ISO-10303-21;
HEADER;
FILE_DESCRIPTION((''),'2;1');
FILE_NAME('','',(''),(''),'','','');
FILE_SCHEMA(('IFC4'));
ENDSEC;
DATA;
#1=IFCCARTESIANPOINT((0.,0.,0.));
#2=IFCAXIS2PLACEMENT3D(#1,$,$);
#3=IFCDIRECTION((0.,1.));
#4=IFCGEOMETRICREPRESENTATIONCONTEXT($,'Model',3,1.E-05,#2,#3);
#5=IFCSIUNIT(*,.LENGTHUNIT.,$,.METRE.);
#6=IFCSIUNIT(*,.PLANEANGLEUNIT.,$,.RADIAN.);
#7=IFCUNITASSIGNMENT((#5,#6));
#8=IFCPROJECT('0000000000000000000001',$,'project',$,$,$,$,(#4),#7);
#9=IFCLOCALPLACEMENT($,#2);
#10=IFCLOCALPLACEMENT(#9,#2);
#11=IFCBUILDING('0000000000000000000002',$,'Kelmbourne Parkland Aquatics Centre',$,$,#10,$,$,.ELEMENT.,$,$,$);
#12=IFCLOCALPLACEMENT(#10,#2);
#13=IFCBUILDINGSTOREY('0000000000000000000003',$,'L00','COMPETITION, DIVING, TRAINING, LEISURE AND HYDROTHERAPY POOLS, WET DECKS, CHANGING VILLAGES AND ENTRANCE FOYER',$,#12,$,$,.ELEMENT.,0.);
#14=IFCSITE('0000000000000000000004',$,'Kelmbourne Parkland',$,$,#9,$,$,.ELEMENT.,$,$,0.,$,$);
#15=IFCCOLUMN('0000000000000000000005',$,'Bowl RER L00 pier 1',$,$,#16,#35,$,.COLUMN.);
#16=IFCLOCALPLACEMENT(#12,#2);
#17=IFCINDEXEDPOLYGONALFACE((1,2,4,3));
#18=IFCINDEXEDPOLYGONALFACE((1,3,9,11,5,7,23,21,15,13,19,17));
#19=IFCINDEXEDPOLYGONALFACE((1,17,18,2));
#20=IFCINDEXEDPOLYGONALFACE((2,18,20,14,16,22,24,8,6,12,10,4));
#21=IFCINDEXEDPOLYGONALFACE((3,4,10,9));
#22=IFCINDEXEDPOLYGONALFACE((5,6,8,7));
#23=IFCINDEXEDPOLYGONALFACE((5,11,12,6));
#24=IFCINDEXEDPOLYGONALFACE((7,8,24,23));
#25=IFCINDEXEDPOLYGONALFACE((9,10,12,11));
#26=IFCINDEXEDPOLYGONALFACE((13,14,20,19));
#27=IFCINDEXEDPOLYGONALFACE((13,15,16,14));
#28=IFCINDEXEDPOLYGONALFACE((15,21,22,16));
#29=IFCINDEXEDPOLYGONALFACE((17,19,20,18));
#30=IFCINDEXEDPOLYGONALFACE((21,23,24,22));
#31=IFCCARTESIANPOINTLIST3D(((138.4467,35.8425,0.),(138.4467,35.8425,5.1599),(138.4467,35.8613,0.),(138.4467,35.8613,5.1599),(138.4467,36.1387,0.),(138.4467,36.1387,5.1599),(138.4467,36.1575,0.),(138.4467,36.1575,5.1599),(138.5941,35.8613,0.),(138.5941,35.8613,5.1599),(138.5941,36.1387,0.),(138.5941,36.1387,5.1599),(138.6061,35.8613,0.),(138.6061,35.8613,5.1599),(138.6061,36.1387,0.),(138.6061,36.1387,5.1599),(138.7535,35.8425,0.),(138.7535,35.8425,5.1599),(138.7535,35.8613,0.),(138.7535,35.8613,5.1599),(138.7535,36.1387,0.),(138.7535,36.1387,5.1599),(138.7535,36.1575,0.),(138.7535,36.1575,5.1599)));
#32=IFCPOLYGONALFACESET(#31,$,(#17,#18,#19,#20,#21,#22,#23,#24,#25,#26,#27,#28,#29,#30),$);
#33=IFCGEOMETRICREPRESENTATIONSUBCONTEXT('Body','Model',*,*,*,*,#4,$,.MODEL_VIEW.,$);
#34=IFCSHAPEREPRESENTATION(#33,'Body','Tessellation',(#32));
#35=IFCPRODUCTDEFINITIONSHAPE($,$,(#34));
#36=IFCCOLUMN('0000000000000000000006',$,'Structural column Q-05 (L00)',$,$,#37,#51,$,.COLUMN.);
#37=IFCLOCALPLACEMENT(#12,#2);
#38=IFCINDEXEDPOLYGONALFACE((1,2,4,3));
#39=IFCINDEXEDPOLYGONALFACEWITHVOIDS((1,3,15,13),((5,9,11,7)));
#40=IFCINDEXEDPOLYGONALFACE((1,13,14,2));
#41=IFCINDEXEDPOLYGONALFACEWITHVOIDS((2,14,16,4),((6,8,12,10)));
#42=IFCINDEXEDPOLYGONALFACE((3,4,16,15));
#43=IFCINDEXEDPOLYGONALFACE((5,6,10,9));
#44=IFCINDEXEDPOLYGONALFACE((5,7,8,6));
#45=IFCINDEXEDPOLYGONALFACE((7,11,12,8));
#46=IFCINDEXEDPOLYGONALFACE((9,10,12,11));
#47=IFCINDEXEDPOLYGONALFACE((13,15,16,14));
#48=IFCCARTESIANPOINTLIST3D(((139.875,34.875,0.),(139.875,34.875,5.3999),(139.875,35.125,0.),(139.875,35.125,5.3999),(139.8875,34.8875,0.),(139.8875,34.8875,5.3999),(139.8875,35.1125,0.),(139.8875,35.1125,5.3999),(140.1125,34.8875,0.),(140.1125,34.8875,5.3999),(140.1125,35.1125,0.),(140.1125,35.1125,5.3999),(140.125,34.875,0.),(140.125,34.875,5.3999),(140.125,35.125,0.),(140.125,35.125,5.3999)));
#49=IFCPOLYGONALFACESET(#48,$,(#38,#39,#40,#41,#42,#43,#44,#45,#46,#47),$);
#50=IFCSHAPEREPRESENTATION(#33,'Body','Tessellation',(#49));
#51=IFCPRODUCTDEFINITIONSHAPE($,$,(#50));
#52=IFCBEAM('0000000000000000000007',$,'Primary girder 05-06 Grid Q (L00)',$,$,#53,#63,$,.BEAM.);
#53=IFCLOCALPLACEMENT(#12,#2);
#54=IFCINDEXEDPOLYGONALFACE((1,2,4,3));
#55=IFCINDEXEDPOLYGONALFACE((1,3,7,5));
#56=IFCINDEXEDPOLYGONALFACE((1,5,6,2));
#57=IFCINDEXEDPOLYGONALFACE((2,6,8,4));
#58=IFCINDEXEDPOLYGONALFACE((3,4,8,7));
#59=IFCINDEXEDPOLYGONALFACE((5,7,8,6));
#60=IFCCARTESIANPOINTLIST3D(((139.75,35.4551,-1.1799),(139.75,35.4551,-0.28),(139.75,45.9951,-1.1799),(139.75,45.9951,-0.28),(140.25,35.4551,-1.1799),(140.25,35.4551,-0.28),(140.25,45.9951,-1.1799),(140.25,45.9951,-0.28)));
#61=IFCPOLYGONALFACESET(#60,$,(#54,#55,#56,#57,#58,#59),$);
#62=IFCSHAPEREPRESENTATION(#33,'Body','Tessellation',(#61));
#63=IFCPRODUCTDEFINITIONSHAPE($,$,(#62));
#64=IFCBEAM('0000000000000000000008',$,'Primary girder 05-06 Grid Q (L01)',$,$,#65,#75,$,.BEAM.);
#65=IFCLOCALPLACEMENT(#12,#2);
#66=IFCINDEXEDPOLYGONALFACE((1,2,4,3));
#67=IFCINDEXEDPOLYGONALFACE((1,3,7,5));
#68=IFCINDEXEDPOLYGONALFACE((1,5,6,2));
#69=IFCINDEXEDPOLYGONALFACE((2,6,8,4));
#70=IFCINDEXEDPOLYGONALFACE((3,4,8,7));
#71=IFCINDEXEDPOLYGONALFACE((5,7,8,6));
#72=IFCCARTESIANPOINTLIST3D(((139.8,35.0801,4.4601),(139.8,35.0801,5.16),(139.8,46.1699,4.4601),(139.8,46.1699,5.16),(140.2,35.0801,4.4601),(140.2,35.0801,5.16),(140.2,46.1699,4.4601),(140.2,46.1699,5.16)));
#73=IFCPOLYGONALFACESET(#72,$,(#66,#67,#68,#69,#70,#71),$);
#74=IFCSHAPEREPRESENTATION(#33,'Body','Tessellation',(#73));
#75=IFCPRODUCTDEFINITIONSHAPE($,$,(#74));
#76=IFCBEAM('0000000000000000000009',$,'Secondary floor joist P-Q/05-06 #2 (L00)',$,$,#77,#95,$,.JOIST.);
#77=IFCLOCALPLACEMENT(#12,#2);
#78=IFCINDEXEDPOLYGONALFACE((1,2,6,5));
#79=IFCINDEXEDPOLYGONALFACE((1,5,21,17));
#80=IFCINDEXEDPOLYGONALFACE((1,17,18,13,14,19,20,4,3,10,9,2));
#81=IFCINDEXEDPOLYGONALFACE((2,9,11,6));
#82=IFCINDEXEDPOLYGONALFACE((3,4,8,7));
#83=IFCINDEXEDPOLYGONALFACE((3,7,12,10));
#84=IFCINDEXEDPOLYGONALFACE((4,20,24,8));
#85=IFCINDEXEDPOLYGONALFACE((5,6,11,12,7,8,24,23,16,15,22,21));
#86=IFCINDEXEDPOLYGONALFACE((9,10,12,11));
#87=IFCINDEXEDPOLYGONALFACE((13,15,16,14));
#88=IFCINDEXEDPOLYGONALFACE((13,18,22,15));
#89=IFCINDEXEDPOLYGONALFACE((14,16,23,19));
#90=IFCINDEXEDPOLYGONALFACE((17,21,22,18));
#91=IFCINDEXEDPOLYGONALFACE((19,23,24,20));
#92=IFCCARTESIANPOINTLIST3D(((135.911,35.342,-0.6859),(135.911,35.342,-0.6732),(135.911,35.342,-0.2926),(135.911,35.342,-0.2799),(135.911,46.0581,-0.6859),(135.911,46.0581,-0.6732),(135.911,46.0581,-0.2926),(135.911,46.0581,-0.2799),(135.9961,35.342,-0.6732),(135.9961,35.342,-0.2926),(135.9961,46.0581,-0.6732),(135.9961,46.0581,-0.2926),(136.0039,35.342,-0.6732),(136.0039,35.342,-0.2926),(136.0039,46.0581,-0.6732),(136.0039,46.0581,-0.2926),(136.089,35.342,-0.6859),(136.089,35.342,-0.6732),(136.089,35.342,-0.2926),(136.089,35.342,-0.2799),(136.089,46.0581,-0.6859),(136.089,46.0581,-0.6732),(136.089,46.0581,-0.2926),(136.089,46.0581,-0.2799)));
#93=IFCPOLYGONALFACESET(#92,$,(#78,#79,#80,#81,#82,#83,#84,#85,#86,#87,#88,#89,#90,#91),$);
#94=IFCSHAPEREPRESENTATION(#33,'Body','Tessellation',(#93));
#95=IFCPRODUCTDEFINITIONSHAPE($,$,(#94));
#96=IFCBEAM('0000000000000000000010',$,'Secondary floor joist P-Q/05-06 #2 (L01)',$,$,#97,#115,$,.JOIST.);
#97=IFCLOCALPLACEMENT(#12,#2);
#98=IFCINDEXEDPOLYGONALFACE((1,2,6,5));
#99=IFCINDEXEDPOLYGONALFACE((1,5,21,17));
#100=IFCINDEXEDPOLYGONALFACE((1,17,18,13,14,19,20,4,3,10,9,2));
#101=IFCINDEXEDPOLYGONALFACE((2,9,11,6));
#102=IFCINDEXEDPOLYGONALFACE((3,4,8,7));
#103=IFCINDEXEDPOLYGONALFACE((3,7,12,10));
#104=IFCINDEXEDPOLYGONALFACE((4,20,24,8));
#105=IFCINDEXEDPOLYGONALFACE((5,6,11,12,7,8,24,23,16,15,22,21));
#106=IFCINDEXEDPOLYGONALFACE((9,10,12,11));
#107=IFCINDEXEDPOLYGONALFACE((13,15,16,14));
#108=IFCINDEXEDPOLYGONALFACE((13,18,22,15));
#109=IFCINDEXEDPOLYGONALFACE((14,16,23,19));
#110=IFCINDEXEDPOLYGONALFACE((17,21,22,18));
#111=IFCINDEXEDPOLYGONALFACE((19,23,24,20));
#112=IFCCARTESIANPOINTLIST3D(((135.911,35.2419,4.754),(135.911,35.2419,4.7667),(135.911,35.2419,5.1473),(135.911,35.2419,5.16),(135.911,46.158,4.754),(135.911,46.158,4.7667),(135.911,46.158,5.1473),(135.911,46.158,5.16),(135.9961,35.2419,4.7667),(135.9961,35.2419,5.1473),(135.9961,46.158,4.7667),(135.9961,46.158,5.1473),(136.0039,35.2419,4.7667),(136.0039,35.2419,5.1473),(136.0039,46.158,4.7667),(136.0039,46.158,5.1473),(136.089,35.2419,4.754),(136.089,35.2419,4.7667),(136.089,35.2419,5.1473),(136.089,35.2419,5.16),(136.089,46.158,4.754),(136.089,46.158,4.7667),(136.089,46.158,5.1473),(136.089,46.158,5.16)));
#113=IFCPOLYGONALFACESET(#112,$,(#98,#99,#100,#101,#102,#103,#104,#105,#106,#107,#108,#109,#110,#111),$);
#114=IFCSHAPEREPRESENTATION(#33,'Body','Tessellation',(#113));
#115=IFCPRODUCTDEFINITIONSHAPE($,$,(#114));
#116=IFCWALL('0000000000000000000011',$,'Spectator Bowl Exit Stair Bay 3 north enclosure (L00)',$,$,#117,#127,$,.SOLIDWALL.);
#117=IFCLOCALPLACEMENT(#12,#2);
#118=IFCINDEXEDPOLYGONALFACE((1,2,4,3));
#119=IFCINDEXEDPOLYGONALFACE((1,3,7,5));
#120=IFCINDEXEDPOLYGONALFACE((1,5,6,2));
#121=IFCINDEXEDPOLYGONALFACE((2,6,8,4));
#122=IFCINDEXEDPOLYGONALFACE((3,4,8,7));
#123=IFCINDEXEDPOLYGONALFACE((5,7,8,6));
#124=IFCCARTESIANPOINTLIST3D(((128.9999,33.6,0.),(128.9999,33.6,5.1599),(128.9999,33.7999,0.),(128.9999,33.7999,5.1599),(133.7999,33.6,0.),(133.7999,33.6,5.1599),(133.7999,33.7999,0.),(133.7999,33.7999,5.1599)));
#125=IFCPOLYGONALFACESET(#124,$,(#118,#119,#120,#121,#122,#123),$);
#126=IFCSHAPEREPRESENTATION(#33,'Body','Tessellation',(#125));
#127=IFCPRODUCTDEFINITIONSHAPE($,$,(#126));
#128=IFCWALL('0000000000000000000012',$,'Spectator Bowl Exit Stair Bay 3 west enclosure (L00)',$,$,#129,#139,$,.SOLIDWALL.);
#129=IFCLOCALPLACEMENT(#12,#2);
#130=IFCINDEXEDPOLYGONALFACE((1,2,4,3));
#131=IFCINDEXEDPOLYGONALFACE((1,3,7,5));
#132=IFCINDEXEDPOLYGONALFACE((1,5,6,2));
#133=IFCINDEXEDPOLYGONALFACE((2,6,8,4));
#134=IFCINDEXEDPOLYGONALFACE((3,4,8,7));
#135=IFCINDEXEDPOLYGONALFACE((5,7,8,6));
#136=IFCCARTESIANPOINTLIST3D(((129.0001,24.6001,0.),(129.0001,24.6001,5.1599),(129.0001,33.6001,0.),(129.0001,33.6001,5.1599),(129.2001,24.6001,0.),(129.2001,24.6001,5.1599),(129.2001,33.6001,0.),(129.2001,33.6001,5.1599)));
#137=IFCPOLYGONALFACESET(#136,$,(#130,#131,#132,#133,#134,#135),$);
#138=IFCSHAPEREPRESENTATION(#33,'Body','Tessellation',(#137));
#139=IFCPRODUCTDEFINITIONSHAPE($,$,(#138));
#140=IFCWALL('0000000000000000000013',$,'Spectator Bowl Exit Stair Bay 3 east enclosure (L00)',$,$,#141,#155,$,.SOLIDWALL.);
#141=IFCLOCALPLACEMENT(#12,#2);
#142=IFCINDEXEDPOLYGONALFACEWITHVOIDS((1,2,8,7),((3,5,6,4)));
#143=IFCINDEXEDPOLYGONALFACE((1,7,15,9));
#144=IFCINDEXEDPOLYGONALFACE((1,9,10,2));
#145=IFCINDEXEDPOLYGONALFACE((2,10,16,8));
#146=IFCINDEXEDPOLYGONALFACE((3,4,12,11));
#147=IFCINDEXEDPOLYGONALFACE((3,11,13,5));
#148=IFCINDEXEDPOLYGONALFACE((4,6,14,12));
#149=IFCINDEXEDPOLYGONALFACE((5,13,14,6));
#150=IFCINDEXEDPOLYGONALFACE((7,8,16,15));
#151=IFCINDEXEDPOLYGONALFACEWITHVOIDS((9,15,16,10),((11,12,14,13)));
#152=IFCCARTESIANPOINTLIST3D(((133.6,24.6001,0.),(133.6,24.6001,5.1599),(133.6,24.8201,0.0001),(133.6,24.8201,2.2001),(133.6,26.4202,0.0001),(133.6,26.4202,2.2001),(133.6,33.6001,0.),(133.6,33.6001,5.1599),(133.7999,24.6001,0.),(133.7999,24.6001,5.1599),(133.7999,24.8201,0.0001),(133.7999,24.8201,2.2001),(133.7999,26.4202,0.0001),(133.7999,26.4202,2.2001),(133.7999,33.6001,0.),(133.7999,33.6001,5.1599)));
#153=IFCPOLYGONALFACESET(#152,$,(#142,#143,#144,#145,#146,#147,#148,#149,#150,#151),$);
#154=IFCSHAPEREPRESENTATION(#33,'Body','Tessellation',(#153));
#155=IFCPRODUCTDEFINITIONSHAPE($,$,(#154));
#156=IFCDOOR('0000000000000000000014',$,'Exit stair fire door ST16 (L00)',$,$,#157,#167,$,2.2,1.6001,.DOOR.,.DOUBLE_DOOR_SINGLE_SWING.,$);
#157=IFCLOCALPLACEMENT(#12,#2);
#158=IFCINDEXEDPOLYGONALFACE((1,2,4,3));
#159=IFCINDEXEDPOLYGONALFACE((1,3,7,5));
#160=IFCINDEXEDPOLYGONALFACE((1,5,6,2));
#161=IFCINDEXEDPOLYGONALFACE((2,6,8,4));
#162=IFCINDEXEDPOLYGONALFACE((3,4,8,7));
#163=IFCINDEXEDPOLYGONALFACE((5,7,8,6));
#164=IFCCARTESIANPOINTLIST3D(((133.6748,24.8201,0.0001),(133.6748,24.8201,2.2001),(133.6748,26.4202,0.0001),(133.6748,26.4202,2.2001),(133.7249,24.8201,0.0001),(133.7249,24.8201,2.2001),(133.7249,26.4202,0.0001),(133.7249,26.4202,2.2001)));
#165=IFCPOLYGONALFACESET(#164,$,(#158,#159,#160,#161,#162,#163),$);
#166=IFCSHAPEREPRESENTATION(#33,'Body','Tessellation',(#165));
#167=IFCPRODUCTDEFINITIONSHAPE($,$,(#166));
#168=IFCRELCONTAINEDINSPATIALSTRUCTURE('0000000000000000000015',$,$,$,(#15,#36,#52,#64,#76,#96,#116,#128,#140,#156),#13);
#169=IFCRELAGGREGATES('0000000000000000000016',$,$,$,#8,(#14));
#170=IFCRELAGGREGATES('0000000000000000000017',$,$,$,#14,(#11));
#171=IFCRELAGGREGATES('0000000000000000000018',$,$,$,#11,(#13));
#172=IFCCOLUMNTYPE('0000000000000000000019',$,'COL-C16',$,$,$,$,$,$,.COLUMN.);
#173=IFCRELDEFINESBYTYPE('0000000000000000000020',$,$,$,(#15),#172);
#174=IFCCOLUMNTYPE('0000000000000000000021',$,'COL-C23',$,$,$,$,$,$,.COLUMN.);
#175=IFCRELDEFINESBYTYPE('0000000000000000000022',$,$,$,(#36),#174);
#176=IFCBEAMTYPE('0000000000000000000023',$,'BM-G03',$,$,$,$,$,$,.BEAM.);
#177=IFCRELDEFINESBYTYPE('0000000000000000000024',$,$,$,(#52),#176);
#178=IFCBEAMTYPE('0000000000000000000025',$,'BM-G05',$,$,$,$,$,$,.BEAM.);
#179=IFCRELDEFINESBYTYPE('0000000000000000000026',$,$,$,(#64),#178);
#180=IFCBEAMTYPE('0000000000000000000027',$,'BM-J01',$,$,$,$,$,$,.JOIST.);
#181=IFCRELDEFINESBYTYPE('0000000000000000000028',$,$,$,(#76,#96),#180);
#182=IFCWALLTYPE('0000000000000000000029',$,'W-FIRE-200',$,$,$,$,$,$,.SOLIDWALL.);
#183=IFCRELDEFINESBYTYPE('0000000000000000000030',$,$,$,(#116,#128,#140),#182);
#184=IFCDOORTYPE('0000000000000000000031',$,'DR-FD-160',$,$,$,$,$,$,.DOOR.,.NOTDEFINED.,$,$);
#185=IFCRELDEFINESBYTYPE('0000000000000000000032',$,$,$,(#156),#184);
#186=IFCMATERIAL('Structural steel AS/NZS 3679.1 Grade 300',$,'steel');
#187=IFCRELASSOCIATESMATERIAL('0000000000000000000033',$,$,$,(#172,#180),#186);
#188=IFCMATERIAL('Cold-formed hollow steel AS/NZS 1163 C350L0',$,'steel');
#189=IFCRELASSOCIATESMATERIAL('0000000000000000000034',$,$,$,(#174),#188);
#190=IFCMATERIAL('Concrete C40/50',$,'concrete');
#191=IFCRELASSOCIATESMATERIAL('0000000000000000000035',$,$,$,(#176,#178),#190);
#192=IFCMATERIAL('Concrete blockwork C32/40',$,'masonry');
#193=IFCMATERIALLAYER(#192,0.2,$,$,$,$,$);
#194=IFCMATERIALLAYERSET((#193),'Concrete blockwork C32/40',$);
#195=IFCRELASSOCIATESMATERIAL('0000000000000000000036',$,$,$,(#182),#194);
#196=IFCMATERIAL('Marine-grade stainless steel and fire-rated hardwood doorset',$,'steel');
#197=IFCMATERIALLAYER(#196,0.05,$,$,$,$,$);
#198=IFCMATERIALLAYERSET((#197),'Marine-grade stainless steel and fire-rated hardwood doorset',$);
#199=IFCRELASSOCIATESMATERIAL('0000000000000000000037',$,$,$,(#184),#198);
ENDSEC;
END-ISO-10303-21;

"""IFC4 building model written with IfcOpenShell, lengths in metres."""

from ifc_helpers import new_model, si_unit, direction, frame, frame_2d, origin, origin_2d, place, context, subcontext, project, spatial, rectangle, hollow_rectangle, i_section, extrude, material, layer, layer_set, material_profile, profile_set, type_object, element, fill, save


model = new_model("IFC4")

# Units and contexts
model_context = context("Model", 3, precision=1e-05, world=origin(), true_north=direction((0.0, 1.0)))
body_context = subcontext(model_context, "Body", "Model", "MODEL_VIEW")
ifc_project = project(units=[si_unit("LENGTHUNIT", "METRE"), si_unit("PLANEANGLEUNIT", "RADIAN")], contexts=[model_context])

# Site, building, storey
site_placement = place(None, origin())
site = spatial("IfcSite", under=ifc_project, at=site_placement, Name="Kelmbourne Parkland", CompositionType="ELEMENT", RefElevation=0.0)
building_placement = place(site_placement, origin())
building = spatial("IfcBuilding", under=site, at=building_placement, Name="Kelmbourne Parkland Aquatics Centre", CompositionType="ELEMENT")
storey_placement = place(building_placement, origin())
storey = spatial("IfcBuildingStorey", under=building, at=storey_placement, Name="L00", Description="COMPETITION, DIVING, TRAINING, LEISURE AND HYDROTHERAPY POOLS, WET DECKS, CHANGING VILLAGES AND ENTRANCE FOYER", CompositionType="ELEMENT", Elevation=0.0)

# Columns
ifc_material_1 = material(Name="Structural steel AS/NZS 3679.1 Grade 300", Category="steel")
ifc_material_profile_1 = material_profile(ifc_material_1, i_section(OverallWidth=0.3069, OverallDepth=0.3149, WebThickness=0.012, FlangeThickness=0.0188, at=origin_2d()), Name="310UC118")
ifc_profile_set_1 = profile_set([ifc_material_profile_1], Name="Structural steel AS/NZS 3679.1 Grade 300")
column_type_1 = type_object("IfcColumnType", Name="COL-C16", PredefinedType="COLUMN", material=ifc_profile_set_1)
column_1_placement = place(storey_placement, frame((138.6001, 36.0, 0.0), z_axis=(0.0, 0.0, 1.0), x_axis=(1.0, 0.0, 0.0)))
element("IfcColumn", 1, at=column_1_placement, inside=storey, type_object=column_type_1, Name="Bowl RER L00 pier 1", PredefinedType="COLUMN", context=body_context, shape_type="SweptSolid", body=[
    extrude(i_section(OverallWidth=0.3069, OverallDepth=0.3149, WebThickness=0.012, FlangeThickness=0.0188, at=origin_2d()), origin(), (0.0, 0.0, 1.0), 5.1599),
])
ifc_material_2 = material(Name="Cold-formed hollow steel AS/NZS 1163 C350L0", Category="steel")
ifc_material_profile_2 = material_profile(ifc_material_2, hollow_rectangle(XDim=0.25, YDim=0.25, WallThickness=0.0125, at=origin_2d()), Name="SHS 250x250x12.5")
ifc_profile_set_2 = profile_set([ifc_material_profile_2], Name="Cold-formed hollow steel AS/NZS 1163 C350L0")
column_type_2 = type_object("IfcColumnType", Name="COL-C23", PredefinedType="COLUMN", material=ifc_profile_set_2)
column_2_placement = place(storey_placement, frame((140.0, 35.0, 0.0), z_axis=(0.0, 0.0, 1.0), x_axis=(1.0, 0.0, 0.0)))
element("IfcColumn", 2, at=column_2_placement, inside=storey, type_object=column_type_2, Name="Structural column Q-05 (L00)", PredefinedType="COLUMN", context=body_context, shape_type="SweptSolid", body=[
    extrude(hollow_rectangle(XDim=0.25, YDim=0.25, WallThickness=0.0125, at=origin_2d()), origin(), (0.0, 0.0, 1.0), 5.3999),
])

# Beams
ifc_material_3 = material(Name="Concrete C40/50", Category="concrete")
ifc_material_profile_3 = material_profile(ifc_material_3, rectangle(XDim=0.5, YDim=0.8999, at=origin_2d()), Name="RC 500x900")
ifc_profile_set_3 = profile_set([ifc_material_profile_3], Name="Concrete C40/50")
beam_type_1 = type_object("IfcBeamType", Name="BM-G03", PredefinedType="BEAM", material=ifc_profile_set_3)
beam_1_placement = place(storey_placement, frame((140.0, 35.4551, -0.73), z_axis=(0.0, 1.0, 0.0), x_axis=(-1.0, 0.0, 0.0)))
element("IfcBeam", 3, at=beam_1_placement, inside=storey, type_object=beam_type_1, Name="Primary girder 05-06 Grid Q (L00)", PredefinedType="BEAM", context=body_context, shape_type="SweptSolid", body=[
    extrude(rectangle(XDim=0.5, YDim=0.8999, at=origin_2d()), origin(), (0.0, 0.0, 1.0), 10.54),
])
ifc_material_profile_4 = material_profile(ifc_material_3, rectangle(XDim=0.3999, YDim=0.7, at=origin_2d()), Name="RC 400x700")
ifc_profile_set_4 = profile_set([ifc_material_profile_4], Name="Concrete C40/50")
beam_type_2 = type_object("IfcBeamType", Name="BM-G05", PredefinedType="BEAM", material=ifc_profile_set_4)
beam_2_placement = place(storey_placement, frame((140.0, 35.0801, 4.8101), z_axis=(0.0, 1.0, 0.0), x_axis=(-1.0, 0.0, 0.0)))
element("IfcBeam", 4, at=beam_2_placement, inside=storey, type_object=beam_type_2, Name="Primary girder 05-06 Grid Q (L01)", PredefinedType="BEAM", context=body_context, shape_type="SweptSolid", body=[
    extrude(rectangle(XDim=0.3999, YDim=0.7, at=origin_2d()), origin(), (0.0, 0.0, 1.0), 11.0898),
])
ifc_material_profile_5 = material_profile(ifc_material_1, i_section(OverallWidth=0.178, OverallDepth=0.406, WebThickness=0.0078, FlangeThickness=0.0127, at=origin_2d()), Name="410UB59.7")
ifc_profile_set_5 = profile_set([ifc_material_profile_5], Name="Structural steel AS/NZS 3679.1 Grade 300")
beam_type_3 = type_object("IfcBeamType", Name="BM-J01", PredefinedType="JOIST", material=ifc_profile_set_5)
beam_3_placement = place(storey_placement, frame((136.0, 35.342, -0.4829), z_axis=(0.0, 1.0, 0.0), x_axis=(-1.0, 0.0, 0.0)))
element("IfcBeam", 5, at=beam_3_placement, inside=storey, type_object=beam_type_3, Name="Secondary floor joist P-Q/05-06 #2 (L00)", PredefinedType="JOIST", context=body_context, shape_type="SweptSolid", body=[
    extrude(i_section(OverallWidth=0.178, OverallDepth=0.406, WebThickness=0.0078, FlangeThickness=0.0127, at=origin_2d()), origin(), (0.0, 0.0, 1.0), 10.7161),
])
beam_4_placement = place(storey_placement, frame((136.0, 35.2419, 4.957), z_axis=(0.0, 1.0, 0.0), x_axis=(-1.0, 0.0, 0.0)))
element("IfcBeam", 6, at=beam_4_placement, inside=storey, type_object=beam_type_3, Name="Secondary floor joist P-Q/05-06 #2 (L01)", PredefinedType="JOIST", context=body_context, shape_type="SweptSolid", body=[
    extrude(i_section(OverallWidth=0.178, OverallDepth=0.406, WebThickness=0.0078, FlangeThickness=0.0127, at=origin_2d()), origin(), (0.0, 0.0, 1.0), 10.916),
])

# Walls
ifc_material_4 = material(Name="Concrete blockwork C32/40", Category="masonry")
ifc_layer_1 = layer(ifc_material_4, 0.2)
ifc_layer_set_1 = layer_set([ifc_layer_1], Name="Concrete blockwork C32/40")
wall_type = type_object("IfcWallType", Name="W-FIRE-200", PredefinedType="SOLIDWALL", material=ifc_layer_set_1)
wall_1_placement = place(storey_placement, frame((129.0, 33.7, 0.0), z_axis=(0.0, 0.0, 1.0), x_axis=(1.0, 0.0, 0.0)))
element("IfcWall", 7, at=wall_1_placement, inside=storey, type_object=wall_type, Name="Spectator Bowl Exit Stair Bay 3 north enclosure (L00)", PredefinedType="SOLIDWALL", context=body_context, shape_type="SweptSolid", body=[
    extrude(rectangle(XDim=4.8, YDim=0.2, at=frame_2d((2.3999, 0.0))), origin(), (0.0, 0.0, 1.0), 5.1599),
])
wall_2_placement = place(storey_placement, frame((129.1001, 24.6001, 0.0), z_axis=(0.0, 0.0, 1.0), x_axis=(0.0, 1.0, 0.0)))
element("IfcWall", 8, at=wall_2_placement, inside=storey, type_object=wall_type, Name="Spectator Bowl Exit Stair Bay 3 west enclosure (L00)", PredefinedType="SOLIDWALL", context=body_context, shape_type="SweptSolid", body=[
    extrude(rectangle(XDim=9.0, YDim=0.2, at=frame_2d((4.5, 0.0))), origin(), (0.0, 0.0, 1.0), 5.1599),
])

# Wall, opening, door
wall_3_placement = place(storey_placement, frame((133.7, 24.6001, 0.0), z_axis=(0.0, 0.0, 1.0), x_axis=(0.0, 1.0, 0.0)))
wall_3 = element("IfcWall", 9, at=wall_3_placement, inside=storey, type_object=wall_type, Name="Spectator Bowl Exit Stair Bay 3 east enclosure (L00)", PredefinedType="SOLIDWALL", context=body_context, shape_type="SweptSolid", body=[
    extrude(rectangle(XDim=9.0, YDim=0.2, at=frame_2d((4.5, 0.0))), origin(), (0.0, 0.0, 1.0), 5.1599),
])
opening_1_placement = place(wall_3_placement, frame((0.22, 0.0, 0.0)))
opening_1 = element("IfcOpeningElement", 10, at=opening_1_placement, cuts=wall_3, PredefinedType="OPENING", context=body_context, shape_type="SweptSolid", body=[
    extrude(rectangle(XDim=1.6001, YDim=2.2, at=frame_2d((0.8, 1.1001))), frame((0.0, 0.1118, 0.0), z_axis=(0.0, -1.0, 0.0), x_axis=(1.0, 0.0, 0.0)), (0.0, 0.0, 1.0), 0.2239),
])
ifc_material_5 = material(Name="Marine-grade stainless steel and fire-rated hardwood doorset", Category="steel")
ifc_layer_2 = layer(ifc_material_5, 0.05)
ifc_layer_set_2 = layer_set([ifc_layer_2], Name="Marine-grade stainless steel and fire-rated hardwood doorset")
door_type = type_object("IfcDoorType", Name="DR-FD-160", OperationType="NOTDEFINED", PredefinedType="DOOR", material=ifc_layer_set_2)
door_1_placement = place(opening_1_placement, frame((1.6001, 0.0, 0.0), z_axis=(0.0, 0.0, 1.0), x_axis=(-1.0, 0.0, 0.0)))
door_1 = element("IfcDoor", 11, at=door_1_placement, inside=storey, type_object=door_type, Name="Exit stair fire door ST16 (L00)", OperationType="DOUBLE_DOOR_SINGLE_SWING", OverallHeight=2.2, OverallWidth=1.6001, PredefinedType="DOOR", context=body_context, shape_type="SweptSolid", body=[
    extrude(rectangle(XDim=1.6001, YDim=2.2, at=frame_2d((0.8, 1.1001))), frame((0.0, 0.0249, 0.0), z_axis=(0.0, -1.0, 0.0), x_axis=(1.0, 0.0, 0.0)), (0.0, 0.0, 1.0), 0.05),
])
fill(opening_1, door_1)

save(model, "model.ifc")
